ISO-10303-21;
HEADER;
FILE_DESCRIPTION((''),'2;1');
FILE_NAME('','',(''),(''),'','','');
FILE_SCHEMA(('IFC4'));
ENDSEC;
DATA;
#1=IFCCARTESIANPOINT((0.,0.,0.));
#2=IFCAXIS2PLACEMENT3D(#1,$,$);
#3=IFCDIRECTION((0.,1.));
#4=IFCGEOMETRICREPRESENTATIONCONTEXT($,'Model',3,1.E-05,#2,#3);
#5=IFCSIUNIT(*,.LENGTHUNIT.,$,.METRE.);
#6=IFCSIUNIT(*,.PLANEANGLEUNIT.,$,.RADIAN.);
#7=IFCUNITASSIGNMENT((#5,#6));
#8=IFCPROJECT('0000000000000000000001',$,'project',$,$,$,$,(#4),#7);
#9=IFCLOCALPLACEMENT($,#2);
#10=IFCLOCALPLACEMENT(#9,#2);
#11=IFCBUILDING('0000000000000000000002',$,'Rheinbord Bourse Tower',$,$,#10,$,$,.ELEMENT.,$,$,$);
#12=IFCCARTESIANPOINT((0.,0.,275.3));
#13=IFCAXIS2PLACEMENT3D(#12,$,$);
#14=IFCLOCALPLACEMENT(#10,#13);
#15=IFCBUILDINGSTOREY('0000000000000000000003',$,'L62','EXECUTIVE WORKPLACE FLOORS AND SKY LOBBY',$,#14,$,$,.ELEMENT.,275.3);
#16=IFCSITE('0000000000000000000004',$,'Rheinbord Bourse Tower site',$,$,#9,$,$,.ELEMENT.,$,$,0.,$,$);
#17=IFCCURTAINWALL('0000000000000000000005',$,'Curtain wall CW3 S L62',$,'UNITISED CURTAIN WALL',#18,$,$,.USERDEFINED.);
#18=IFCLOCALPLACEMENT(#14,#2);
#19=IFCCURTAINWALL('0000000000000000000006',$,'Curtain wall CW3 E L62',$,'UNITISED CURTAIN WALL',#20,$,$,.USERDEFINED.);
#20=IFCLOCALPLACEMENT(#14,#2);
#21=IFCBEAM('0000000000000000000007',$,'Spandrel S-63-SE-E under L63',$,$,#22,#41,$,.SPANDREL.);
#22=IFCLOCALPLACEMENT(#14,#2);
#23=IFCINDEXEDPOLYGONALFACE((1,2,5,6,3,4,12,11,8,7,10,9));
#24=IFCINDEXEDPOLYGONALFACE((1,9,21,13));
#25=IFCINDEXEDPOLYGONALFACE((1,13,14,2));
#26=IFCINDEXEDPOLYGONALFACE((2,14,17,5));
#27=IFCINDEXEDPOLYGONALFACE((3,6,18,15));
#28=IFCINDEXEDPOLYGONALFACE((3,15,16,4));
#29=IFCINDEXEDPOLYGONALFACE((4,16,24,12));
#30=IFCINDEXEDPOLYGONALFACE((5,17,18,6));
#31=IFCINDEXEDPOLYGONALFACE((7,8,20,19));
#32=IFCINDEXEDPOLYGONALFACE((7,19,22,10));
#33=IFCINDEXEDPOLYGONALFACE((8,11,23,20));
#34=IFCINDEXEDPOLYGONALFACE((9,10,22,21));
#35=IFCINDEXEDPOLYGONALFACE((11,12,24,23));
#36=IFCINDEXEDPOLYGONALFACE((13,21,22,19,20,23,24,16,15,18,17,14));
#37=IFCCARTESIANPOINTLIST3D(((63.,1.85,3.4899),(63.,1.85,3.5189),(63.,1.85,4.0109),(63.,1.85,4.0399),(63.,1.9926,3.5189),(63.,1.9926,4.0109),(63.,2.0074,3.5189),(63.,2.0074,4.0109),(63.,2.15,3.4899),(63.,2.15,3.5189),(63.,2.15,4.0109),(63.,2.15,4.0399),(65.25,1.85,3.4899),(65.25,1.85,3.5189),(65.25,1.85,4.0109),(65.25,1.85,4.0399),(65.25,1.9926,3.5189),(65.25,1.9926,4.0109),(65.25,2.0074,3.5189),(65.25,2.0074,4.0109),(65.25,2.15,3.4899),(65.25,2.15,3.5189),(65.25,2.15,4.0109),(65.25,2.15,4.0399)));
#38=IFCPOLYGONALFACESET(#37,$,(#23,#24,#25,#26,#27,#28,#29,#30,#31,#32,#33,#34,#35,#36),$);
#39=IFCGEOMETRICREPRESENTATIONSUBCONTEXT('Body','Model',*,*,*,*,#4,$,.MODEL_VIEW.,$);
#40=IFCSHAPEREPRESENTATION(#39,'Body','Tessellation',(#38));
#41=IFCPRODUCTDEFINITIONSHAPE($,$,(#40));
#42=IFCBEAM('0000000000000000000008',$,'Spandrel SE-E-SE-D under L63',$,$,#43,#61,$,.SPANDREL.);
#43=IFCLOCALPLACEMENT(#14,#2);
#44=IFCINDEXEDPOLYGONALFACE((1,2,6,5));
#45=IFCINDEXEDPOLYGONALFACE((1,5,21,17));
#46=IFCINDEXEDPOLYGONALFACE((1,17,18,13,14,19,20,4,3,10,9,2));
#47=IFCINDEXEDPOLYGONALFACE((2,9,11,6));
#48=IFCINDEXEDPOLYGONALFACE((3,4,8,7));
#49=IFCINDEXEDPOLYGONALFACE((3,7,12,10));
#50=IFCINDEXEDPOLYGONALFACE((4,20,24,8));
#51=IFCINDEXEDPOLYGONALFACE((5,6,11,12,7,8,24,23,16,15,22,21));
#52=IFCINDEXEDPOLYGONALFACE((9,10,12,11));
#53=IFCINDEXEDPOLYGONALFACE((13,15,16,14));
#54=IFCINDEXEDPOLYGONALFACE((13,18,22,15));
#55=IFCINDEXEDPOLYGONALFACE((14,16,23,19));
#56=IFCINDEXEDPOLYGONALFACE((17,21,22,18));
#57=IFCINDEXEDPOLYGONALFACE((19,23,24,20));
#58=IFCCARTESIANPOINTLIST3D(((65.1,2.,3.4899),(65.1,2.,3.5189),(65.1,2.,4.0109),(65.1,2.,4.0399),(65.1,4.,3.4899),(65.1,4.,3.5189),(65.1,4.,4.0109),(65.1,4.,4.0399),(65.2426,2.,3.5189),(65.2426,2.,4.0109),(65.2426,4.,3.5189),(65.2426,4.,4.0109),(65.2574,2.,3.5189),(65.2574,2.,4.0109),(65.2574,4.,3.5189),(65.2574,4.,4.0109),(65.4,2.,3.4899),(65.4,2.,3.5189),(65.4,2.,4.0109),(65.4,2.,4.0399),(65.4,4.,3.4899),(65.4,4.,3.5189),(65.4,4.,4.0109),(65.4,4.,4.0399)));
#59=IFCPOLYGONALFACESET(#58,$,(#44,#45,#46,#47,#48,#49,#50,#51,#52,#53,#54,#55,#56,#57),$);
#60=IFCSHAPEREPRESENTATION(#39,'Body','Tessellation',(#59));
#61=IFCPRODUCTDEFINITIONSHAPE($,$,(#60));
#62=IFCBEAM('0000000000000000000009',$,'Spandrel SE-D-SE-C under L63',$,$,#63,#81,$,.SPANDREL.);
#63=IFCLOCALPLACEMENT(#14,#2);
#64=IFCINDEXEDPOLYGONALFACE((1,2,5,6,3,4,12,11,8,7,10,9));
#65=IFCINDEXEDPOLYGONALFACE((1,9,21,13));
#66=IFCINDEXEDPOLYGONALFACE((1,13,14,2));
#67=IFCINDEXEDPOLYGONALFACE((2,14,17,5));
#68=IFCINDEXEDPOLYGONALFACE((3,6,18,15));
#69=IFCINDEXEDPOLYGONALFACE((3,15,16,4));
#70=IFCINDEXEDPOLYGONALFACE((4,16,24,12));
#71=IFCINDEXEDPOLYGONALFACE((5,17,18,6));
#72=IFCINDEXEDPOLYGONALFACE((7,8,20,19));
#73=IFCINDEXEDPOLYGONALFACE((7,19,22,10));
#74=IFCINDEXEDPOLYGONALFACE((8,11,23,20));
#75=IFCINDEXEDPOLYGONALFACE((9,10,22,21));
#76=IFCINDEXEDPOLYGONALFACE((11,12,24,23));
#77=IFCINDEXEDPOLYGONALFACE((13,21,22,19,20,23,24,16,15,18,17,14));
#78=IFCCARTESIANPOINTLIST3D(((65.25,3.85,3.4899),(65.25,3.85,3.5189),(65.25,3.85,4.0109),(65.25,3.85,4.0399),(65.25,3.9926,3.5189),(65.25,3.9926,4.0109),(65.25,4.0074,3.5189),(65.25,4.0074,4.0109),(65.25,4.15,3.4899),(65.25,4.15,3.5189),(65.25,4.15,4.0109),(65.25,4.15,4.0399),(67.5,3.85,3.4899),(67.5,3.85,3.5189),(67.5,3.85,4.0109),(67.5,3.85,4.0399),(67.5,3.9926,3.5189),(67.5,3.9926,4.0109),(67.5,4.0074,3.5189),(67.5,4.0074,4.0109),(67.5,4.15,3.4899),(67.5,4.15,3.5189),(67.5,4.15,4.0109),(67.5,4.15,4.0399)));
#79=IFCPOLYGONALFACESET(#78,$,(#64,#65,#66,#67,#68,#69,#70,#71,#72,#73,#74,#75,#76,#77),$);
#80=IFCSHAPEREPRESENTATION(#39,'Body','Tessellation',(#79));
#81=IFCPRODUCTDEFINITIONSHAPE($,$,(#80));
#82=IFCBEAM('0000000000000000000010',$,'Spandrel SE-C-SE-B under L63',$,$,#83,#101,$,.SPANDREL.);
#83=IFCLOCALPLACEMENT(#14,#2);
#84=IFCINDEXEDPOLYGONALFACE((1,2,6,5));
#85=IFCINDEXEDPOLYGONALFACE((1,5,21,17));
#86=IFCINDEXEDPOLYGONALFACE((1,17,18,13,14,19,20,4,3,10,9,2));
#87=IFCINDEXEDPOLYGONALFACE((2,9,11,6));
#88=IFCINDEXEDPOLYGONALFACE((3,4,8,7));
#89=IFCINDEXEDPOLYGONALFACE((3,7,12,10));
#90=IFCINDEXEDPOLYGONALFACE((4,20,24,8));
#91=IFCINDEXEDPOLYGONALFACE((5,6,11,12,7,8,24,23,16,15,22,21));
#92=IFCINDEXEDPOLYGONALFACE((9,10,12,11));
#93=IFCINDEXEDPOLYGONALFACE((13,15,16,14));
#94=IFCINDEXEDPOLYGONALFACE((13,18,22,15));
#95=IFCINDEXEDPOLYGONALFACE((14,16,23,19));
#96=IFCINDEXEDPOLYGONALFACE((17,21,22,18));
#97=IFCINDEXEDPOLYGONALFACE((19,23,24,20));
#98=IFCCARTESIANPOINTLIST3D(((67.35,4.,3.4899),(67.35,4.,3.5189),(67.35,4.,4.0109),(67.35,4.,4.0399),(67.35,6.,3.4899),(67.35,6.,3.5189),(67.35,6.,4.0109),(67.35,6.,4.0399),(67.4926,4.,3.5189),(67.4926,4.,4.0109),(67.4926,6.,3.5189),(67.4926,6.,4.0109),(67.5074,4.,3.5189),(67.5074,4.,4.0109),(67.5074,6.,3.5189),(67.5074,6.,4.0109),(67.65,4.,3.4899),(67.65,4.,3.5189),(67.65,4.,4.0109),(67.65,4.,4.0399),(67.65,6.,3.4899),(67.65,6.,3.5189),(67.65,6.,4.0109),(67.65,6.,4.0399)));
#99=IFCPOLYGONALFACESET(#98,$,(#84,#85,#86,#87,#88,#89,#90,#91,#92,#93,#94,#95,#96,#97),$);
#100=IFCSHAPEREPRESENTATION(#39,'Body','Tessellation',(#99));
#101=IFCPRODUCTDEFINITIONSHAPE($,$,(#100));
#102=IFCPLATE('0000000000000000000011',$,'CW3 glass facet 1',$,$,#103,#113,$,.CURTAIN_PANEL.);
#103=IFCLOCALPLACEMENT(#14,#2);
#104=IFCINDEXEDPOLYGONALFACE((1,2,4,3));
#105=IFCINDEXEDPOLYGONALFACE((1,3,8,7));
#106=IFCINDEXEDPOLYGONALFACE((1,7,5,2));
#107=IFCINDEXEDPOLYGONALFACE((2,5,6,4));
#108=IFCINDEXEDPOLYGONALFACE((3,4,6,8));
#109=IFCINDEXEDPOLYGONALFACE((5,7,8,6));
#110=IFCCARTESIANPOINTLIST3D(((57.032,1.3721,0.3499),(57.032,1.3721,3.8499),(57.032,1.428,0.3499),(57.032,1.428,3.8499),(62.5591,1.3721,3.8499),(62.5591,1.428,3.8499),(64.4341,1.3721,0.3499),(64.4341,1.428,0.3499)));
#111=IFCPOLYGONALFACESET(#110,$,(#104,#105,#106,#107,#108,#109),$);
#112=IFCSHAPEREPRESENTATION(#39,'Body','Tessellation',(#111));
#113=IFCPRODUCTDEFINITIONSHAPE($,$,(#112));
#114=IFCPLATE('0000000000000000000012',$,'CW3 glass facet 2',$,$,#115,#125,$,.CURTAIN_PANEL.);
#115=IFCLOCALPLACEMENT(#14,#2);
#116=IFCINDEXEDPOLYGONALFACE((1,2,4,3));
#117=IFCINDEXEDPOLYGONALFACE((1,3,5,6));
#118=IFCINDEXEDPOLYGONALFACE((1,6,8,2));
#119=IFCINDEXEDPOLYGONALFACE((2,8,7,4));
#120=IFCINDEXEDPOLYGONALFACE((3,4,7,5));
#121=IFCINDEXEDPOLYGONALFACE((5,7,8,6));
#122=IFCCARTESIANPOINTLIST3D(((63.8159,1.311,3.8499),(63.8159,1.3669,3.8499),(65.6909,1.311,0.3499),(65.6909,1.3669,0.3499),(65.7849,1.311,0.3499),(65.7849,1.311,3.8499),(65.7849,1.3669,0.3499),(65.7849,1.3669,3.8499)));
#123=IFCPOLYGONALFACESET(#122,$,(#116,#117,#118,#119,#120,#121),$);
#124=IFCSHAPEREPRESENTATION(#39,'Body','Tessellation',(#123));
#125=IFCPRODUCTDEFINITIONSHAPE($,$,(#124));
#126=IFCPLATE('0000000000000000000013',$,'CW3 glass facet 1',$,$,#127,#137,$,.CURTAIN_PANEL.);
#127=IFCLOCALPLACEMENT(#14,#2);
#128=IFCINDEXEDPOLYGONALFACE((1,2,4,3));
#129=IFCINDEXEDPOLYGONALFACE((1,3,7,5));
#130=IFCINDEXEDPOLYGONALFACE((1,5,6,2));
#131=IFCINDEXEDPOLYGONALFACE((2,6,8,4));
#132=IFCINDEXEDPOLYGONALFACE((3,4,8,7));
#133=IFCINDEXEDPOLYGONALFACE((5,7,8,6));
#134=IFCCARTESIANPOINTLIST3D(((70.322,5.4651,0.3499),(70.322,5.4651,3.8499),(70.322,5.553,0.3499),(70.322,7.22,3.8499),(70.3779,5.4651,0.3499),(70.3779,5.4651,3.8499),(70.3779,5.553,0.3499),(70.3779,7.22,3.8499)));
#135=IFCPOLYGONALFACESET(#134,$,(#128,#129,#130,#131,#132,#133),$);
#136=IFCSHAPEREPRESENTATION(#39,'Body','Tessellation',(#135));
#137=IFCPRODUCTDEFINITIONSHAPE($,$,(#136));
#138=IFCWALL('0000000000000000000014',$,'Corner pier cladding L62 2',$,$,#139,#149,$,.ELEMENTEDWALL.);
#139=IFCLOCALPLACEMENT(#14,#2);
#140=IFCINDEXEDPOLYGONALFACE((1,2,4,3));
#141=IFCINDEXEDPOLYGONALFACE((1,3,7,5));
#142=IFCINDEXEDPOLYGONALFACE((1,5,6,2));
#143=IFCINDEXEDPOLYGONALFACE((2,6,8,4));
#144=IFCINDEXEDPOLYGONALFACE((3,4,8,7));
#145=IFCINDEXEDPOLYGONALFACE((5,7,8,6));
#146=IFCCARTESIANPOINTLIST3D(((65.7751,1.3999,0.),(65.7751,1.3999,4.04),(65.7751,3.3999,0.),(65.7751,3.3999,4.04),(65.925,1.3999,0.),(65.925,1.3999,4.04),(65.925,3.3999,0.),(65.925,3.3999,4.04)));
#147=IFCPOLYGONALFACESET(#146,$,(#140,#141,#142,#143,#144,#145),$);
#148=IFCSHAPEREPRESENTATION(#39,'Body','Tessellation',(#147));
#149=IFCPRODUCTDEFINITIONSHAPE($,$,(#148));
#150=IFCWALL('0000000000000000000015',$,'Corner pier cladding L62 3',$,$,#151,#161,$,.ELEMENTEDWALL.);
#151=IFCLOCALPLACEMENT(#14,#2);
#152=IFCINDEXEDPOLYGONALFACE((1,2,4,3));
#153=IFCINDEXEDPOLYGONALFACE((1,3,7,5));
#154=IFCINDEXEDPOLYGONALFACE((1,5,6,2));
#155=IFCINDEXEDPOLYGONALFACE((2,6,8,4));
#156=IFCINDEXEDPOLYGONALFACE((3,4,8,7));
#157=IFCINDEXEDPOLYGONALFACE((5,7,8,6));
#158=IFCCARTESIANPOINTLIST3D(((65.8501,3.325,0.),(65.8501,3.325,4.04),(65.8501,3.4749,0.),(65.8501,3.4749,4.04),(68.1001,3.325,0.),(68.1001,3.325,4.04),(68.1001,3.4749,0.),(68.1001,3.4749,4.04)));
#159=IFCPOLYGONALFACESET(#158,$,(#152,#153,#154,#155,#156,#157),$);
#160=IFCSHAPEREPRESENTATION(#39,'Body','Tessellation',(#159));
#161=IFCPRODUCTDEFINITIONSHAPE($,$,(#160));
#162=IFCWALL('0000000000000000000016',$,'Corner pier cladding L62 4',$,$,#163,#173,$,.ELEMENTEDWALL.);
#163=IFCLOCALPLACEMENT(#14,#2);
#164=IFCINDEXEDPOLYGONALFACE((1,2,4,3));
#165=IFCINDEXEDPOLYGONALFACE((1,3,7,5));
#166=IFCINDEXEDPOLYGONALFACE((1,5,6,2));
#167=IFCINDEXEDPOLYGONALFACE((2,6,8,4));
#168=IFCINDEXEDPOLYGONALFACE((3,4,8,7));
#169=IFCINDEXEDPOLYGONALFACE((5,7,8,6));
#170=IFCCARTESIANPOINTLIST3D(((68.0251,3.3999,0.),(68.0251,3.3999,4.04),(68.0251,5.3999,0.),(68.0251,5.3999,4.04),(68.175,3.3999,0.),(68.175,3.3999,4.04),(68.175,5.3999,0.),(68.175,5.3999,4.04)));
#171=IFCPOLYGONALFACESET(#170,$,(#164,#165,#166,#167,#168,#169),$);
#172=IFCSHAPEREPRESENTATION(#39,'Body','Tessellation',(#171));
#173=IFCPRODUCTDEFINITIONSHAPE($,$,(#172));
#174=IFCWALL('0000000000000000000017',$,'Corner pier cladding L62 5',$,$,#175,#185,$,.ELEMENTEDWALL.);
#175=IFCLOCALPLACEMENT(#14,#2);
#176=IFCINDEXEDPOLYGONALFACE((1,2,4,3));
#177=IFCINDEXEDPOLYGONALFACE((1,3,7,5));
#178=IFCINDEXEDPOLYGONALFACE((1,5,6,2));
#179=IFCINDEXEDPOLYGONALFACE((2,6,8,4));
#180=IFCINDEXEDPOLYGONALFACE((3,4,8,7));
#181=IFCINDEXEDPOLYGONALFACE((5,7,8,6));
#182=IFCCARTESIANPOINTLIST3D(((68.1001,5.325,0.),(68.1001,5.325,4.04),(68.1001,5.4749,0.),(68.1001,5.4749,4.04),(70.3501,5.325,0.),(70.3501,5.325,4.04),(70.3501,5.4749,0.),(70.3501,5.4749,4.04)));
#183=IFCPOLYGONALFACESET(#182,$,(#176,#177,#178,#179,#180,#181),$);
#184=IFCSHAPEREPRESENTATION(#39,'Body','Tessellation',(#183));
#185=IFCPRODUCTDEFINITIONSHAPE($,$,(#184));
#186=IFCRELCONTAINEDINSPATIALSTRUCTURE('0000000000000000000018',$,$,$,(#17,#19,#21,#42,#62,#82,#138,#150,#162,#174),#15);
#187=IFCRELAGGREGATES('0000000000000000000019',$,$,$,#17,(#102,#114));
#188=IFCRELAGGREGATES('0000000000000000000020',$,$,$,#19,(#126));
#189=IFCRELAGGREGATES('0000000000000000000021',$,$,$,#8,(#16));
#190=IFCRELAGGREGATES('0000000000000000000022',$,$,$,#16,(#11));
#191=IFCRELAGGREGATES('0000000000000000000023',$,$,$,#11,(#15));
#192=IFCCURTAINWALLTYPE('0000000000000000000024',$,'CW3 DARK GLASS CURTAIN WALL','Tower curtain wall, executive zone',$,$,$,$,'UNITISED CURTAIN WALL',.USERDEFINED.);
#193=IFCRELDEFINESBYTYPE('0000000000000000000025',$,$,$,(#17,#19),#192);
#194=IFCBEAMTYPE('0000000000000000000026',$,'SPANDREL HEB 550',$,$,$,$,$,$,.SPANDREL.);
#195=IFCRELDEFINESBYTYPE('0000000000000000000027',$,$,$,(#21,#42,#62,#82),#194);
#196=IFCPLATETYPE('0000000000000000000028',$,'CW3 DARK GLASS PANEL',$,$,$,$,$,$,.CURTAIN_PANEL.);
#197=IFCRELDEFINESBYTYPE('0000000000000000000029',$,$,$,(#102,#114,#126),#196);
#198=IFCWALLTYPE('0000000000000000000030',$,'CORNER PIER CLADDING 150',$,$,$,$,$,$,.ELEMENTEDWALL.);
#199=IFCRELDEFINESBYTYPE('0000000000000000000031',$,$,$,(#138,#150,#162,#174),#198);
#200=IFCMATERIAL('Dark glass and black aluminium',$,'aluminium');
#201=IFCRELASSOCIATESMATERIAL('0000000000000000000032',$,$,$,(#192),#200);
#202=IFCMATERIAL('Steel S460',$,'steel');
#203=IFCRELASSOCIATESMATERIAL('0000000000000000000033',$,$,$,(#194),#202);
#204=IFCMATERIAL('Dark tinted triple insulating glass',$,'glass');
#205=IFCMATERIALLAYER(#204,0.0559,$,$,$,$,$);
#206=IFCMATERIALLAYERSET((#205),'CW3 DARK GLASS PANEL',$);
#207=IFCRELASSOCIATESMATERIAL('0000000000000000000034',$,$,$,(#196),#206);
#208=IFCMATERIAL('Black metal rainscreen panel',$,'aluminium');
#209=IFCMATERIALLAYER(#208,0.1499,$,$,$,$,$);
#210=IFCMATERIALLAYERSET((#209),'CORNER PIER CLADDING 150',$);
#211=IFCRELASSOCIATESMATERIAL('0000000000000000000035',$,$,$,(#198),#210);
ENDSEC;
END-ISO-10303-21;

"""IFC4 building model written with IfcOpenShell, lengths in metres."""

from ifc_helpers import new_model, si_unit, direction, frame, frame_2d, origin, origin_2d, place, context, subcontext, project, spatial, polyline, rectangle, i_section, outline, extrude, material, layer, layer_set, material_profile, profile_set, type_object, element, aggregate, save


model = new_model("IFC4")

# Units and contexts
model_context = context("Model", 3, precision=1e-05, world=origin(), true_north=direction((0.0, 1.0)))
body_context = subcontext(model_context, "Body", "Model", "MODEL_VIEW")
ifc_project = project(units=[si_unit("LENGTHUNIT", "METRE"), si_unit("PLANEANGLEUNIT", "RADIAN")], contexts=[model_context])

# Site, building, storey
site_placement = place(None, origin())
site = spatial("IfcSite", under=ifc_project, at=site_placement, Name="Rheinbord Bourse Tower site", CompositionType="ELEMENT", RefElevation=0.0)
building_placement = place(site_placement, origin())
building = spatial("IfcBuilding", under=site, at=building_placement, Name="Rheinbord Bourse Tower", CompositionType="ELEMENT")
storey_placement = place(building_placement, frame((0.0, 0.0, 275.3)))
storey = spatial("IfcBuildingStorey", under=building, at=storey_placement, Name="L62", Description="EXECUTIVE WORKPLACE FLOORS AND SKY LOBBY", CompositionType="ELEMENT", Elevation=275.3)

# Curtain wall
ifc_material_1 = material(Name="Dark glass and black aluminium", Category="aluminium")
curtain_wall_type = type_object("IfcCurtainWallType", Name="CW3 DARK GLASS CURTAIN WALL", Description="Tower curtain wall, executive zone", ElementType="UNITISED CURTAIN WALL", PredefinedType="USERDEFINED", material=ifc_material_1)
curtain_wall_1_placement = place(storey_placement, origin())
curtain_wall_1 = element("IfcCurtainWall", 1, at=curtain_wall_1_placement, inside=storey, type_object=curtain_wall_type, Name="Curtain wall CW3 S L62", ObjectType="UNITISED CURTAIN WALL", PredefinedType="USERDEFINED")

# Curtain wall
curtain_wall_2_placement = place(storey_placement, origin())
curtain_wall_2 = element("IfcCurtainWall", 2, at=curtain_wall_2_placement, inside=storey, type_object=curtain_wall_type, Name="Curtain wall CW3 E L62", ObjectType="UNITISED CURTAIN WALL", PredefinedType="USERDEFINED")

# Beams
ifc_material_2 = material(Name="Steel S460", Category="steel")
ifc_material_profile_1 = material_profile(ifc_material_2, i_section(OverallWidth=0.3, OverallDepth=0.55, WebThickness=0.0149, FlangeThickness=0.0291, at=origin_2d()), Name="HEB 550")
ifc_profile_set_1 = profile_set([ifc_material_profile_1], Name="Steel S460")
beam_type_1 = type_object("IfcBeamType", Name="SPANDREL HEB 550", PredefinedType="SPANDREL", material=ifc_profile_set_1)
beam_1_placement = place(storey_placement, frame((63.0, 2.0, 3.7649), z_axis=(1.0, 0.0, 0.0), x_axis=(0.0, 1.0, 0.0)))
element("IfcBeam", 3, at=beam_1_placement, inside=storey, type_object=beam_type_1, Name="Spandrel S-63-SE-E under L63", PredefinedType="SPANDREL", context=body_context, shape_type="SweptSolid", body=[
    extrude(i_section(OverallWidth=0.3, OverallDepth=0.55, WebThickness=0.0149, FlangeThickness=0.0291, at=origin_2d()), origin(), (0.0, 0.0, 1.0), 2.25),
])
beam_2_placement = place(storey_placement, frame((65.25, 2.0, 3.7649), z_axis=(0.0, 1.0, 0.0), x_axis=(-1.0, 0.0, 0.0)))
element("IfcBeam", 4, at=beam_2_placement, inside=storey, type_object=beam_type_1, Name="Spandrel SE-E-SE-D under L63", PredefinedType="SPANDREL", context=body_context, shape_type="SweptSolid", body=[
    extrude(i_section(OverallWidth=0.3, OverallDepth=0.55, WebThickness=0.0149, FlangeThickness=0.0291, at=origin_2d()), origin(), (0.0, 0.0, 1.0), 2.0),
])
beam_3_placement = place(storey_placement, frame((65.25, 4.0, 3.7649), z_axis=(1.0, 0.0, 0.0), x_axis=(0.0, 1.0, 0.0)))
element("IfcBeam", 5, at=beam_3_placement, inside=storey, type_object=beam_type_1, Name="Spandrel SE-D-SE-C under L63", PredefinedType="SPANDREL", context=body_context, shape_type="SweptSolid", body=[
    extrude(i_section(OverallWidth=0.3, OverallDepth=0.55, WebThickness=0.0149, FlangeThickness=0.0291, at=origin_2d()), origin(), (0.0, 0.0, 1.0), 2.25),
])
beam_4_placement = place(storey_placement, frame((67.5, 4.0, 3.7649), z_axis=(0.0, 1.0, 0.0), x_axis=(-1.0, 0.0, 0.0)))
element("IfcBeam", 6, at=beam_4_placement, inside=storey, type_object=beam_type_1, Name="Spandrel SE-C-SE-B under L63", PredefinedType="SPANDREL", context=body_context, shape_type="SweptSolid", body=[
    extrude(i_section(OverallWidth=0.3, OverallDepth=0.55, WebThickness=0.0149, FlangeThickness=0.0291, at=origin_2d()), origin(), (0.0, 0.0, 1.0), 2.0),
])

# Plates
ifc_material_3 = material(Name="Dark tinted triple insulating glass", Category="glass")
ifc_layer_1 = layer(ifc_material_3, 0.0559)
ifc_layer_set_1 = layer_set([ifc_layer_1], Name="CW3 DARK GLASS PANEL")
plate_type = type_object("IfcPlateType", Name="CW3 DARK GLASS PANEL", PredefinedType="CURTAIN_PANEL", material=ifc_layer_set_1)
plate_1_placement = place(storey_placement, frame((57.032, 1.3721, 0.3499), z_axis=(0.0, 1.0, 0.0), x_axis=(0.0, 0.0, 1.0)))
plate_1 = element("IfcPlate", 7, at=plate_1_placement, type_object=plate_type, Name="CW3 glass facet 1", PredefinedType="CURTAIN_PANEL", context=body_context, shape_type="SweptSolid", body=[
    extrude(outline(polyline([(0.0, 0.0), (3.5, 0.0), (3.5, 5.5271), (0.0, 7.4021), (0.0, 0.0)])), origin(), (0.0, 0.0, 1.0), 0.0559),
])
plate_2_placement = place(storey_placement, frame((65.7849, 1.311, 3.8499), z_axis=(0.0, 1.0, 0.0), x_axis=(0.0, 0.0, -1.0)))
plate_2 = element("IfcPlate", 8, at=plate_2_placement, type_object=plate_type, Name="CW3 glass facet 2", PredefinedType="CURTAIN_PANEL", context=body_context, shape_type="SweptSolid", body=[
    extrude(outline(polyline([(0.0, 0.0), (3.5, 0.0), (3.5, 0.094), (0.0, 1.969), (0.0, 0.0)])), origin(), (0.0, 0.0, 1.0), 0.0559),
])
aggregate(curtain_wall_1, [plate_1, plate_2])
plate_3_placement = place(storey_placement, frame((70.3779, 5.4651, 0.3499), z_axis=(-1.0, 0.0, 0.0), x_axis=(0.0, 0.0, 1.0)))
plate_3 = element("IfcPlate", 9, at=plate_3_placement, type_object=plate_type, Name="CW3 glass facet 1", PredefinedType="CURTAIN_PANEL", context=body_context, shape_type="SweptSolid", body=[
    extrude(outline(polyline([(0.0, 0.0), (3.5, 0.0), (3.5, 1.7549), (0.0, 0.0879), (0.0, 0.0)])), origin(), (0.0, 0.0, 1.0), 0.0559),
])
aggregate(curtain_wall_2, [plate_3])

# Walls
ifc_material_4 = material(Name="Black metal rainscreen panel", Category="aluminium")
ifc_layer_2 = layer(ifc_material_4, 0.1499)
ifc_layer_set_2 = layer_set([ifc_layer_2], Name="CORNER PIER CLADDING 150")
wall_type = type_object("IfcWallType", Name="CORNER PIER CLADDING 150", PredefinedType="ELEMENTEDWALL", material=ifc_layer_set_2)
wall_1_placement = place(storey_placement, frame((65.8501, 1.3999, 0.0), z_axis=(0.0, 0.0, 1.0), x_axis=(0.0, 1.0, 0.0)))
element("IfcWall", 10, at=wall_1_placement, inside=storey, type_object=wall_type, Name="Corner pier cladding L62 2", PredefinedType="ELEMENTEDWALL", context=body_context, shape_type="SweptSolid", body=[
    extrude(rectangle(XDim=2.0, YDim=0.1499, at=frame_2d((1.0, 0.0))), origin(), (0.0, 0.0, 1.0), 4.04),
])
wall_2_placement = place(storey_placement, frame((65.8501, 3.3999, 0.0), z_axis=(0.0, 0.0, 1.0), x_axis=(1.0, 0.0, 0.0)))
element("IfcWall", 11, at=wall_2_placement, inside=storey, type_object=wall_type, Name="Corner pier cladding L62 3", PredefinedType="ELEMENTEDWALL", context=body_context, shape_type="SweptSolid", body=[
    extrude(rectangle(XDim=2.25, YDim=0.1499, at=frame_2d((1.125, 0.0))), origin(), (0.0, 0.0, 1.0), 4.04),
])
wall_3_placement = place(storey_placement, frame((68.1001, 3.3999, 0.0), z_axis=(0.0, 0.0, 1.0), x_axis=(0.0, 1.0, 0.0)))
element("IfcWall", 12, at=wall_3_placement, inside=storey, type_object=wall_type, Name="Corner pier cladding L62 4", PredefinedType="ELEMENTEDWALL", context=body_context, shape_type="SweptSolid", body=[
    extrude(rectangle(XDim=2.0, YDim=0.1499, at=frame_2d((1.0, 0.0))), origin(), (0.0, 0.0, 1.0), 4.04),
])
wall_4_placement = place(storey_placement, frame((68.1001, 5.3999, 0.0), z_axis=(0.0, 0.0, 1.0), x_axis=(1.0, 0.0, 0.0)))
element("IfcWall", 13, at=wall_4_placement, inside=storey, type_object=wall_type, Name="Corner pier cladding L62 5", PredefinedType="ELEMENTEDWALL", context=body_context, shape_type="SweptSolid", body=[
    extrude(rectangle(XDim=2.25, YDim=0.1499, at=frame_2d((1.125, 0.0))), origin(), (0.0, 0.0, 1.0), 4.04),
])

save(model, "model.ifc")
